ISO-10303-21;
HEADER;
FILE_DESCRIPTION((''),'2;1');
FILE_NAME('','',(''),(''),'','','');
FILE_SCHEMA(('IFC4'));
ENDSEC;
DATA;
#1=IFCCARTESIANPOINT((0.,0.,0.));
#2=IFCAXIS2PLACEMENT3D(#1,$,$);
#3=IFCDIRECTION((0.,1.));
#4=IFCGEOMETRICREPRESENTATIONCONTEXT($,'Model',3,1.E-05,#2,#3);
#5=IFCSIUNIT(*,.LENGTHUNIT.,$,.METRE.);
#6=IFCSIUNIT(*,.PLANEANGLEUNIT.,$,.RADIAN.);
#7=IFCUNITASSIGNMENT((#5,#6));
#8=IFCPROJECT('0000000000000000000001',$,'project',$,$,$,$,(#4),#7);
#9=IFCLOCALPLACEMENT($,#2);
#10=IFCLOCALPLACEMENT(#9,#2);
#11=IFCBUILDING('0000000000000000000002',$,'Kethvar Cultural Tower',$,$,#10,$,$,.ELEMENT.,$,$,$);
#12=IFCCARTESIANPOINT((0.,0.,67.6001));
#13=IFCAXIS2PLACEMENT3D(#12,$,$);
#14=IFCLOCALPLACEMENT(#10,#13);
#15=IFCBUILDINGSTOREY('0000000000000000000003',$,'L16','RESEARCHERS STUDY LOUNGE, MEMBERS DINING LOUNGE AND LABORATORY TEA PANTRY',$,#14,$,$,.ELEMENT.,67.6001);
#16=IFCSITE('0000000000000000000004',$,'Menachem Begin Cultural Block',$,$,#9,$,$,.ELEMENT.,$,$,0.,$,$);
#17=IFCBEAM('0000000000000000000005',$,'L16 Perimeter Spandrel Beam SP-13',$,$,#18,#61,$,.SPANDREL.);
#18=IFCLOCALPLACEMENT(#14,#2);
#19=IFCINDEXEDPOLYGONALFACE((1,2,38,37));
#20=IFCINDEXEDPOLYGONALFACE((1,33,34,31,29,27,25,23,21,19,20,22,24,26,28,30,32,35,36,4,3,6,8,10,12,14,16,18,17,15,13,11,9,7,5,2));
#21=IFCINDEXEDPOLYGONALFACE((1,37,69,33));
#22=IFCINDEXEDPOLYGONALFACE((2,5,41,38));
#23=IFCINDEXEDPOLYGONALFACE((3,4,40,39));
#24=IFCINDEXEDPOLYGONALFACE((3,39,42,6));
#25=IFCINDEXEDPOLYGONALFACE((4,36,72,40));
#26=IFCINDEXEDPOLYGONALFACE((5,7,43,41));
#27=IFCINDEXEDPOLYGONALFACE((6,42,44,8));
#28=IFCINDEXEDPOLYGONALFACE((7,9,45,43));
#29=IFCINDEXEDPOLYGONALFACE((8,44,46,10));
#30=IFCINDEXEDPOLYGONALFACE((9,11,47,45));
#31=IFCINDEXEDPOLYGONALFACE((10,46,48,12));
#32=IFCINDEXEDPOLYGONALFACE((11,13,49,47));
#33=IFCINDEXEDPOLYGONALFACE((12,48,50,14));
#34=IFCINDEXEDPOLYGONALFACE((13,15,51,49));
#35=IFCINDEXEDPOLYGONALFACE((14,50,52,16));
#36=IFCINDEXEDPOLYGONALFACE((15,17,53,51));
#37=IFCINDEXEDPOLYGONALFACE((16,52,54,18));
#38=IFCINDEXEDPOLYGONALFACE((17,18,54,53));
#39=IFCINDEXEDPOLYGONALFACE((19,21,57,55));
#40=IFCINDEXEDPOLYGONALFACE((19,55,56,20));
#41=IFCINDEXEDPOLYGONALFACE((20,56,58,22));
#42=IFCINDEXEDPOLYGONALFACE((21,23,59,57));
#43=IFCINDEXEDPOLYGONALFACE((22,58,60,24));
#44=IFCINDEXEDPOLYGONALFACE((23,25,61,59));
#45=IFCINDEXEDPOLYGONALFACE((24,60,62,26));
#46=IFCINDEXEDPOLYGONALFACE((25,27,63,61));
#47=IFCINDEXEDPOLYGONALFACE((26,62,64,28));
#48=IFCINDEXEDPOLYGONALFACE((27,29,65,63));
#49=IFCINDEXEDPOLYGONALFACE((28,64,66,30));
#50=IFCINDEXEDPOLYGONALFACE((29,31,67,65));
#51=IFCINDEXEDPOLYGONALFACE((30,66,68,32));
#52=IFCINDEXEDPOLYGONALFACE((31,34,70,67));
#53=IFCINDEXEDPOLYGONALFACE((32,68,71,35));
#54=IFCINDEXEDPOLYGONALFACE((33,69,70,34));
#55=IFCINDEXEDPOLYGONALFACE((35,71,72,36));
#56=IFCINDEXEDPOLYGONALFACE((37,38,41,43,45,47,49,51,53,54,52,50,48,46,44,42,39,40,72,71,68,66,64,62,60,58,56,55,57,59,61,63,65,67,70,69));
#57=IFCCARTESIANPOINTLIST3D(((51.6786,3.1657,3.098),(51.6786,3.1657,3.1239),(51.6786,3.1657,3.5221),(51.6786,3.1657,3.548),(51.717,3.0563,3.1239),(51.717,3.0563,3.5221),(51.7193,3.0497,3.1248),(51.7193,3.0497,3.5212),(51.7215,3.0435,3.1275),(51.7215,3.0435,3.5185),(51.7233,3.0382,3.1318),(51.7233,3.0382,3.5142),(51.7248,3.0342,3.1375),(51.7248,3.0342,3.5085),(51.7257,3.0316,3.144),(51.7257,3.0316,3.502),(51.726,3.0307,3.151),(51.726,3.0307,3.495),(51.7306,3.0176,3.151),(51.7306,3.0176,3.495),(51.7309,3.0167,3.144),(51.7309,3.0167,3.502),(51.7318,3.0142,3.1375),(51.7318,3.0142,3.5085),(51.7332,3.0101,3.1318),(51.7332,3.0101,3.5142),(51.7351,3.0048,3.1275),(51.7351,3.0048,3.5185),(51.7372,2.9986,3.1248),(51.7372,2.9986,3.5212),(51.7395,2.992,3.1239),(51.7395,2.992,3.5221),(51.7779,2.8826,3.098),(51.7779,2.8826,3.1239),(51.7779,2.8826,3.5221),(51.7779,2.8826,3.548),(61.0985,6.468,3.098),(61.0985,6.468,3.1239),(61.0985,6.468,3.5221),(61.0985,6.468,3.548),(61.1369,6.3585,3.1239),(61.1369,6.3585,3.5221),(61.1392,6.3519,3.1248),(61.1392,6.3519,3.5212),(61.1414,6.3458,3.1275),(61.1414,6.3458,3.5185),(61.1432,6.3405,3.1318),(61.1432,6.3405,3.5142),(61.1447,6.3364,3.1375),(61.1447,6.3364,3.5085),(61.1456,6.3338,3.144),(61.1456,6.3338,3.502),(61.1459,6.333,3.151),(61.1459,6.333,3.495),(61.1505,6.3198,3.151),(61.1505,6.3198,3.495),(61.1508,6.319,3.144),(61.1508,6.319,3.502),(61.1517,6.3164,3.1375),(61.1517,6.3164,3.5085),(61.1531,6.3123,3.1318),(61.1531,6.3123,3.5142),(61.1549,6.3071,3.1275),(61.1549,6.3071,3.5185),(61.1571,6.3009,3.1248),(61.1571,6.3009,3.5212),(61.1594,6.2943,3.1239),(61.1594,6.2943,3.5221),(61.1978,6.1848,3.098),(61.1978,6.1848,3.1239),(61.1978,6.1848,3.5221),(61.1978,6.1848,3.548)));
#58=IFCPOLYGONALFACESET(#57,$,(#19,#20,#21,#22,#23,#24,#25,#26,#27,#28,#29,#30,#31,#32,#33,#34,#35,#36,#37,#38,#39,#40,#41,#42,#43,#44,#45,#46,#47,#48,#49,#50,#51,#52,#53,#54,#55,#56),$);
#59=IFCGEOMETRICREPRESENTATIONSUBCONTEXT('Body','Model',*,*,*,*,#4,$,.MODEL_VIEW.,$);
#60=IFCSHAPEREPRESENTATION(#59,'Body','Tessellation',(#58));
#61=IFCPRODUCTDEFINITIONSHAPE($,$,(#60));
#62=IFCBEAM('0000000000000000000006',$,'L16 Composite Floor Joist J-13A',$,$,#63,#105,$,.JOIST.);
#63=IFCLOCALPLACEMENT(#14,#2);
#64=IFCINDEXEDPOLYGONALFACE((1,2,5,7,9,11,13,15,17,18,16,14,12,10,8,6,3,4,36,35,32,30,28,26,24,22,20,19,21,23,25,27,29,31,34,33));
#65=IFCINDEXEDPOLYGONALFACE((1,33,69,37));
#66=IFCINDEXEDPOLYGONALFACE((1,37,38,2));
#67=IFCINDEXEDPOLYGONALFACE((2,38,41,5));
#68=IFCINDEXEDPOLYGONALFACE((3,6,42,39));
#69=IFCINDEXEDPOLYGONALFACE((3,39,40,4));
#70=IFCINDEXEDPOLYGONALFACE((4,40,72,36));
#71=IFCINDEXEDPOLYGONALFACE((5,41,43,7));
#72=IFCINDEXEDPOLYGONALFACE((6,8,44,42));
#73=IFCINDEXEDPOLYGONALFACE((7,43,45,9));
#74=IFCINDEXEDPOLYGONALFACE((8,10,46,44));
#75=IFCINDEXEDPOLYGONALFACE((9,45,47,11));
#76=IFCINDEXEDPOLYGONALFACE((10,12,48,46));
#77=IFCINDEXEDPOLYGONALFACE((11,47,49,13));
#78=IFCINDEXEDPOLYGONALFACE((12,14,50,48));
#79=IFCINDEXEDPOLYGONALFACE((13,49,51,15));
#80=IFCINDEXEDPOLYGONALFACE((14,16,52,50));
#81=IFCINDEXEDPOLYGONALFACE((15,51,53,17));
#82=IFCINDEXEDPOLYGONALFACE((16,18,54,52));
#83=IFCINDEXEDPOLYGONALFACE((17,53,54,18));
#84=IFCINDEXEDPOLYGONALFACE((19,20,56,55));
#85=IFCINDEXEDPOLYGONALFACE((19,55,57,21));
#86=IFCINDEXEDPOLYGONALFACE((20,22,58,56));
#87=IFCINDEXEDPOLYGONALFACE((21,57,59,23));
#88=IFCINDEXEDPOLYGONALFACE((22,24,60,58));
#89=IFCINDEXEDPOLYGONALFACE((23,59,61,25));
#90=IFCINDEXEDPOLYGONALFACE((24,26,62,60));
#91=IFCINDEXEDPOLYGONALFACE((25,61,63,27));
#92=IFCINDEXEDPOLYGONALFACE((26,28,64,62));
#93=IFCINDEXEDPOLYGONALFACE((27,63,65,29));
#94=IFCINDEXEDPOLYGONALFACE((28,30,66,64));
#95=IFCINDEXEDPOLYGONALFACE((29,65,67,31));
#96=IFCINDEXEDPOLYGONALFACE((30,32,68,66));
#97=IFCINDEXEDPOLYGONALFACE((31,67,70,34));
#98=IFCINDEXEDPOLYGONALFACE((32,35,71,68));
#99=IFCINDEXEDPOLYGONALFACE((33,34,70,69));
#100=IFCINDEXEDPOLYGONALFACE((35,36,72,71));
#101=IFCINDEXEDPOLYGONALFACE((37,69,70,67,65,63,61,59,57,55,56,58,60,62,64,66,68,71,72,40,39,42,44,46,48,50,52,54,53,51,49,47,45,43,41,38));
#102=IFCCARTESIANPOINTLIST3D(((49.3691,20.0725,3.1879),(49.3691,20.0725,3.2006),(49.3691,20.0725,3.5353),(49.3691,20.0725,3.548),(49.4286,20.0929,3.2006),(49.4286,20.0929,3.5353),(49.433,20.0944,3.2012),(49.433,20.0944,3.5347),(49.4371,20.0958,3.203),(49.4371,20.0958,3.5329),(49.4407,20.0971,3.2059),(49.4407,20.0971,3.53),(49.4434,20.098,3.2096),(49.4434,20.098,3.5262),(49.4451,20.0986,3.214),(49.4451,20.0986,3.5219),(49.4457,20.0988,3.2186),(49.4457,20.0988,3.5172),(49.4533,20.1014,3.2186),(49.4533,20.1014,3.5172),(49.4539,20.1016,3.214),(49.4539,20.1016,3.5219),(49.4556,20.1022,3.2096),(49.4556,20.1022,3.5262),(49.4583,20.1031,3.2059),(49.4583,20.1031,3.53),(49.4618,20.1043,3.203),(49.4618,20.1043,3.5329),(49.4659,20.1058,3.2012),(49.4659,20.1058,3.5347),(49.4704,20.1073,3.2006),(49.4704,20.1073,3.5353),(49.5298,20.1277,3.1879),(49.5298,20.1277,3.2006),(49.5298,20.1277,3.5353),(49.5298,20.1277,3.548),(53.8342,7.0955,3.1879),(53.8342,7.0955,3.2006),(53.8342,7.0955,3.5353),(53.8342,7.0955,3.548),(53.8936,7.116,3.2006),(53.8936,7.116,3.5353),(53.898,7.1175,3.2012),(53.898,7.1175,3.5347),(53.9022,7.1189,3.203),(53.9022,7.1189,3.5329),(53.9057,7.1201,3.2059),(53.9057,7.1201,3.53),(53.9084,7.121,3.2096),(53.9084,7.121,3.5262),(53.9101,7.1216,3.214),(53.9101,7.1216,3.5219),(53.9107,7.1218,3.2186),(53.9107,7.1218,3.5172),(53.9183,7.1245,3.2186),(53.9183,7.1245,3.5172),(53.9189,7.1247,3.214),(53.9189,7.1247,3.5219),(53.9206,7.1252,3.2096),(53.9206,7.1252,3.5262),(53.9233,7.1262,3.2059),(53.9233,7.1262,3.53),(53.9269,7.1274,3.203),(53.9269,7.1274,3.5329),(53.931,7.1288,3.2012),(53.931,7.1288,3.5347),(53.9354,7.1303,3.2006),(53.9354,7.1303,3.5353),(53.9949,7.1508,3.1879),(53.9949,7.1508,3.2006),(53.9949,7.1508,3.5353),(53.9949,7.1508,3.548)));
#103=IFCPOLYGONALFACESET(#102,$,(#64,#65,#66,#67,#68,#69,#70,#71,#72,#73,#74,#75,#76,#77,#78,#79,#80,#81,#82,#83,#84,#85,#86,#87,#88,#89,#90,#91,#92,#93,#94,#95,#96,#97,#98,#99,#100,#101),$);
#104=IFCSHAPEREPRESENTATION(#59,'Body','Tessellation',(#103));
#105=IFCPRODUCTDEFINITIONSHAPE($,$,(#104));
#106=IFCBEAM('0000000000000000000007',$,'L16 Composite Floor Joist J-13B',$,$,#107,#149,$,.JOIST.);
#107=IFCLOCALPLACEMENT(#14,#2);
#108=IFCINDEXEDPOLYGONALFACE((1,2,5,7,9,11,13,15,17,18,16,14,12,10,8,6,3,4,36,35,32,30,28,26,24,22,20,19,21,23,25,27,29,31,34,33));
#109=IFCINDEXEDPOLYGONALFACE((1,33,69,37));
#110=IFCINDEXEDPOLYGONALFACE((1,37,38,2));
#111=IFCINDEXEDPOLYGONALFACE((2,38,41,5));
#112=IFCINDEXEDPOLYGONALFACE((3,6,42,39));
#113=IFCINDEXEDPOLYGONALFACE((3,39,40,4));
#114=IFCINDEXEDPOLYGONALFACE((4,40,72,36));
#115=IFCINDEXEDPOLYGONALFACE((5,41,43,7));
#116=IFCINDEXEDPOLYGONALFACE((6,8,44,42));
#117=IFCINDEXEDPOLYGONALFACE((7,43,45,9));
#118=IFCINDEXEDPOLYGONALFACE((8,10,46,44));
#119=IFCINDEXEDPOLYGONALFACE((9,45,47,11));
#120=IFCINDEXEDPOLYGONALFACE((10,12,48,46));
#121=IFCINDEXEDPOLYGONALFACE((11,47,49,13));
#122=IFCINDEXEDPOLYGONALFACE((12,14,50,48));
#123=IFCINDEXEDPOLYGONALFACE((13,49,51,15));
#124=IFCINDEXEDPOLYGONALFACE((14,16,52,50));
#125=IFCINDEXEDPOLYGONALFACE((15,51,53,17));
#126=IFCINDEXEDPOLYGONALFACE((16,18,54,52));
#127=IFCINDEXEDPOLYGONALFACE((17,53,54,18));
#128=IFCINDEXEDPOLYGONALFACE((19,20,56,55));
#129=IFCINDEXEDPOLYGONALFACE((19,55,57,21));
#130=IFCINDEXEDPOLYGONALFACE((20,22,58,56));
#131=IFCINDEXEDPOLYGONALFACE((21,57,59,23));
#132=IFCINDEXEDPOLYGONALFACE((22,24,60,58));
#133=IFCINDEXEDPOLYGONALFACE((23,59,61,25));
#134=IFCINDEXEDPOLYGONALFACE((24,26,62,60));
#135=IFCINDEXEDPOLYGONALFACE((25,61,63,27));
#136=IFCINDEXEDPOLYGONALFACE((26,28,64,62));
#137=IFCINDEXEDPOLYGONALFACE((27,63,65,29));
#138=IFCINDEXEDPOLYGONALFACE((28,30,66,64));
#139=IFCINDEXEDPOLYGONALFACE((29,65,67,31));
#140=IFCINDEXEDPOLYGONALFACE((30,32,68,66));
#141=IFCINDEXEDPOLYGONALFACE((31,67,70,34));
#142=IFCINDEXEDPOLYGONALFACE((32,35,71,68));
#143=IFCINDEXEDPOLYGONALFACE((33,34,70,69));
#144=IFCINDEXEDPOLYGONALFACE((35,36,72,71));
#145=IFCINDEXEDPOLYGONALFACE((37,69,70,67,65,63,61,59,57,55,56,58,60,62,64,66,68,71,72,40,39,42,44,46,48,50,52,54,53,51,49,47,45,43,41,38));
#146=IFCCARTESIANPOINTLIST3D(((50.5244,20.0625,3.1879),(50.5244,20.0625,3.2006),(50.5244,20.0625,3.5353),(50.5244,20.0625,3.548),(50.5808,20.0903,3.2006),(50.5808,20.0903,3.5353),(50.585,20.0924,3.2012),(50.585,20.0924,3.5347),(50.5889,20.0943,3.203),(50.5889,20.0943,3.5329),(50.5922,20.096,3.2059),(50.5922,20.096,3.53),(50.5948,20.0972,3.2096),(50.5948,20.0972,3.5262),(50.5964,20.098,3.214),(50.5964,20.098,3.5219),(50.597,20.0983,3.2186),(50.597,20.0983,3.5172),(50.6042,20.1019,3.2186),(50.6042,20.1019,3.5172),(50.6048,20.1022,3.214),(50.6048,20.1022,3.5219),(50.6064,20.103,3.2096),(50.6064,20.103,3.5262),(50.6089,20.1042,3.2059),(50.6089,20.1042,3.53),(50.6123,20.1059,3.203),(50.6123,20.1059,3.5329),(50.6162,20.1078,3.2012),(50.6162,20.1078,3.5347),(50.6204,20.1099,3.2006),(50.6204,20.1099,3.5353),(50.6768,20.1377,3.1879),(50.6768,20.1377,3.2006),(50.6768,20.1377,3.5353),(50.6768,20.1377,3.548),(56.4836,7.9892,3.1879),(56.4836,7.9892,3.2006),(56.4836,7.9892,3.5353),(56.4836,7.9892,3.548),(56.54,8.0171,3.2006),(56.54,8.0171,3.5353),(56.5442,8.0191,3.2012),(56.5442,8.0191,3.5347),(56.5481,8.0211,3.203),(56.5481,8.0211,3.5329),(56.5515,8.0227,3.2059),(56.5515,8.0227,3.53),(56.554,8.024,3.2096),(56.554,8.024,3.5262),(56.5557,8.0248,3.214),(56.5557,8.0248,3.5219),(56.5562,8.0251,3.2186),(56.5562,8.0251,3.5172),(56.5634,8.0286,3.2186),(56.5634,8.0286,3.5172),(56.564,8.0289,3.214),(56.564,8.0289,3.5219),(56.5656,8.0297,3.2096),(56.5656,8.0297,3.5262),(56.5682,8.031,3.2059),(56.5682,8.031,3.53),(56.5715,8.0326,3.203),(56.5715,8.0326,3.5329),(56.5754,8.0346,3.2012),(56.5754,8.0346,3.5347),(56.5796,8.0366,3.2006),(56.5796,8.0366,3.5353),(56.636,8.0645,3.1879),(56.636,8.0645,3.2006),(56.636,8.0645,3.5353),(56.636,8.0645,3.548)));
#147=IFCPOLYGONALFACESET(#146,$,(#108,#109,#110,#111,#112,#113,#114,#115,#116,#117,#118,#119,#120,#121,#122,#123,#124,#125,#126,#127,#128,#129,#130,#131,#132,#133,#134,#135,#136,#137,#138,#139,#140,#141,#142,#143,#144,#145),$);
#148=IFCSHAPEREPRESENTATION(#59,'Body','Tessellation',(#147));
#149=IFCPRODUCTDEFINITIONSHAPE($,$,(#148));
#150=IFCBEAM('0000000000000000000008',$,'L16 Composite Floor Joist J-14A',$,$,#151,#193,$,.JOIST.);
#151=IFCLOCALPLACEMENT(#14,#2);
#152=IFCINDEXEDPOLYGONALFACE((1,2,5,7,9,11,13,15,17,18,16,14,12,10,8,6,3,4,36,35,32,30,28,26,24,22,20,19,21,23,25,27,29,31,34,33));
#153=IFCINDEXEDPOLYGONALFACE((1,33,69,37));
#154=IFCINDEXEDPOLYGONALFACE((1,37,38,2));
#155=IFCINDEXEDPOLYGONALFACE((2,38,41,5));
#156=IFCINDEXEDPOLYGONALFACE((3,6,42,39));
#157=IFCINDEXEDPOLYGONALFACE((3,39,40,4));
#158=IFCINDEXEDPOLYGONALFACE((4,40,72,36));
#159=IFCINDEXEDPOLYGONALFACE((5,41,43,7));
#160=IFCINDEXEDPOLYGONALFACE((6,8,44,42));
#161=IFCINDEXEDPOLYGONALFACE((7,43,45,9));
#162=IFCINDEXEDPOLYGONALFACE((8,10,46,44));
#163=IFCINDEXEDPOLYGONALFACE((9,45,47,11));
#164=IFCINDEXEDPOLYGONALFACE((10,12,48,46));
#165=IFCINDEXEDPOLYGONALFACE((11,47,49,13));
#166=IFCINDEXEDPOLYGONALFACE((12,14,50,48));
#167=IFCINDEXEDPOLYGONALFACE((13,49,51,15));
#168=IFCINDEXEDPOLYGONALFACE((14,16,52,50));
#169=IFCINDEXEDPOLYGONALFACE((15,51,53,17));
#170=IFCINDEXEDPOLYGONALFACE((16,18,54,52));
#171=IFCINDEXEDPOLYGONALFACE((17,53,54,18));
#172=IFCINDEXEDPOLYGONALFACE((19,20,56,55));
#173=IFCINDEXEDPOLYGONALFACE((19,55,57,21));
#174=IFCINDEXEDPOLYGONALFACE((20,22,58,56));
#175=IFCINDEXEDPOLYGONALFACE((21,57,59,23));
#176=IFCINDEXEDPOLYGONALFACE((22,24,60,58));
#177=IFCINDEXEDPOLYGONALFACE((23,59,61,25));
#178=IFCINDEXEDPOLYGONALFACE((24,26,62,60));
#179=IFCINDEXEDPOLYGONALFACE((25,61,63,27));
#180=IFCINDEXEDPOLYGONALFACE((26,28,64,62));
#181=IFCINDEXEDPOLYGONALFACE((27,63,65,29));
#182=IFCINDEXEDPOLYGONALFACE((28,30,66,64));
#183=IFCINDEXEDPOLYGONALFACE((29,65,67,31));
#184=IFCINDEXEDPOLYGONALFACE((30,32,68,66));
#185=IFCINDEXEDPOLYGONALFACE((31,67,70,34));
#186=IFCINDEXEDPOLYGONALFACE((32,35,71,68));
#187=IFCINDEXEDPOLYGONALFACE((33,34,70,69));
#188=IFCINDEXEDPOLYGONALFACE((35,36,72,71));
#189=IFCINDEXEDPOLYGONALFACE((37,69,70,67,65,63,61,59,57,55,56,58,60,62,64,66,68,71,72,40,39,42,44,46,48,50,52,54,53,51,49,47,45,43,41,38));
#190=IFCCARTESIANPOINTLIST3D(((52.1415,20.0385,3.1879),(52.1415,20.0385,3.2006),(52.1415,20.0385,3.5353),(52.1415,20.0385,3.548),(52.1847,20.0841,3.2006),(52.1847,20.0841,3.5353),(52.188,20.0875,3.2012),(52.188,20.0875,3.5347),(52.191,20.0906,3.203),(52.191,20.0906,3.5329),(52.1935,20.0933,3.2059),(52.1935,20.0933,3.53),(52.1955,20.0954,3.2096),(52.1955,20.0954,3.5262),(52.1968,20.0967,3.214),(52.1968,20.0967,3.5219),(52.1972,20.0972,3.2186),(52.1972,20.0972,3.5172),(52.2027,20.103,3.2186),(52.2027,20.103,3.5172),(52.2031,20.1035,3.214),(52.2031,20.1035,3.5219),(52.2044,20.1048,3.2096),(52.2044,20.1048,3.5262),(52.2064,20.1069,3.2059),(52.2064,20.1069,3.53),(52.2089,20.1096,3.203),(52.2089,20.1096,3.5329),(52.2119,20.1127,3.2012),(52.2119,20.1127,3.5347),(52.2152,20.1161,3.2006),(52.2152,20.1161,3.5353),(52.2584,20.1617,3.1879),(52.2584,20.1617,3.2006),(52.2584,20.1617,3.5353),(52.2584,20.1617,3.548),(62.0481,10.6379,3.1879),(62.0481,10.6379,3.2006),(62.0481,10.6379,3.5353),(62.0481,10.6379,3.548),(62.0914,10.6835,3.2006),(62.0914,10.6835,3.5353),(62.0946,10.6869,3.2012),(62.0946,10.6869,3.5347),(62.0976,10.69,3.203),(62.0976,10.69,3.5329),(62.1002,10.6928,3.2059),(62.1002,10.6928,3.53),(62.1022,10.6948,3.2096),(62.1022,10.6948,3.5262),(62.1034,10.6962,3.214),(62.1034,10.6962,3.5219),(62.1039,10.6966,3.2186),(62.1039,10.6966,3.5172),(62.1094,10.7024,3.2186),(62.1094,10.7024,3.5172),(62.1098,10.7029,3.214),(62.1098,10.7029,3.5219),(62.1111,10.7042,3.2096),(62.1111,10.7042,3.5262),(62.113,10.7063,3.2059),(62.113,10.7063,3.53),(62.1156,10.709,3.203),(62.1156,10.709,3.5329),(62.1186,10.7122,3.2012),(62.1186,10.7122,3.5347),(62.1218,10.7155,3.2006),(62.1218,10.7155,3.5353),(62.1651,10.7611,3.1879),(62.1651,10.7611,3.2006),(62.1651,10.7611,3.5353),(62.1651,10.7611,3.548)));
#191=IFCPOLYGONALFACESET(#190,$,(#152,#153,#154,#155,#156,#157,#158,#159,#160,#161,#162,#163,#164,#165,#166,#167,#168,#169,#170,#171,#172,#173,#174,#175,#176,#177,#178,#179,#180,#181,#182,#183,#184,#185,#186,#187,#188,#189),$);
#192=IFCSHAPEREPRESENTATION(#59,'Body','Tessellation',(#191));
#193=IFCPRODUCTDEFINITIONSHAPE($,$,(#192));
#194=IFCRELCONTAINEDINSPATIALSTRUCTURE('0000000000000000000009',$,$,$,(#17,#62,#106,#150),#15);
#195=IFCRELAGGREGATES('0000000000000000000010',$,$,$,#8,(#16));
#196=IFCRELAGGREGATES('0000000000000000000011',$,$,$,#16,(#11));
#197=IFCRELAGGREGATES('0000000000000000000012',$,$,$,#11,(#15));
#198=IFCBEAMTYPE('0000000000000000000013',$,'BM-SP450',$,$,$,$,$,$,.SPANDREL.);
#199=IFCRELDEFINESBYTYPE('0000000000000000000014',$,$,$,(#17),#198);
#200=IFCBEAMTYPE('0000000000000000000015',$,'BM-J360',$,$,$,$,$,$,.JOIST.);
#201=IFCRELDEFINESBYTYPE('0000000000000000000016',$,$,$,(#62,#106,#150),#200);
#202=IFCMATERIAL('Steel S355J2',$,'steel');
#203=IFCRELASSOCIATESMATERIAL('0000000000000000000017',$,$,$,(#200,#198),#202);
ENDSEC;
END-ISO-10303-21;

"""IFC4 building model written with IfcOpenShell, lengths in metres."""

from ifc_helpers import new_model, si_unit, direction, frame, origin, origin_2d, place, context, subcontext, project, spatial, i_section, extrude, source, transform, mapped, material, material_profile, profile_set, type_object, element, save


model = new_model("IFC4")

# Units and contexts
model_context = context("Model", 3, precision=1e-05, world=origin(), true_north=direction((0.0, 1.0)))
body_context = subcontext(model_context, "Body", "Model", "MODEL_VIEW")
ifc_project = project(units=[si_unit("LENGTHUNIT", "METRE"), si_unit("PLANEANGLEUNIT", "RADIAN")], contexts=[model_context])

# Site, building, storey
site_placement = place(None, origin())
site = spatial("IfcSite", under=ifc_project, at=site_placement, Name="Menachem Begin Cultural Block", CompositionType="ELEMENT", RefElevation=0.0)
building_placement = place(site_placement, origin())
building = spatial("IfcBuilding", under=site, at=building_placement, Name="Kethvar Cultural Tower", CompositionType="ELEMENT")
storey_placement = place(building_placement, frame((0.0, 0.0, 67.6001)))
storey = spatial("IfcBuildingStorey", under=building, at=storey_placement, Name="L16", Description="RESEARCHERS STUDY LOUNGE, MEMBERS DINING LOUNGE AND LABORATORY TEA PANTRY", CompositionType="ELEMENT", Elevation=67.6001)

# Beams
ifc_material_1 = material(Name="Steel S355J2", Category="steel")
ifc_material_profile_1 = material_profile(ifc_material_1, i_section(OverallWidth=0.1699, OverallDepth=0.3601, WebThickness=0.0081, FlangeThickness=0.0127, FilletRadius=0.0181, at=origin_2d()), Name="Steel S355J2 — IPE360")
ifc_profile_set_1 = profile_set([ifc_material_profile_1], Name="Steel S355J2 — IPE360")
beam_type_1 = type_object("IfcBeamType", Name="BM-J360", PredefinedType="JOIST", material=ifc_profile_set_1)
ifc_material_profile_2 = material_profile(ifc_material_1, i_section(OverallWidth=0.3, OverallDepth=0.45, WebThickness=0.0139, FlangeThickness=0.0259, FilletRadius=0.0271, at=origin_2d()), Name="Steel S355J2 — HEB450")
ifc_profile_set_2 = profile_set([ifc_material_profile_2], Name="Steel S355J2 — HEB450")
beam_type_2 = type_object("IfcBeamType", Name="BM-SP450", PredefinedType="SPANDREL", material=ifc_profile_set_2)
shared_shape_1 = source(origin(), body_context, "Body", "SweptSolid", [
    extrude(i_section(OverallWidth=0.3, OverallDepth=0.45, WebThickness=0.0139, FlangeThickness=0.0259, FilletRadius=0.0271, at=origin_2d()), origin(), (0.0, 0.0, 1.0), 9.9819),
])
beam_1_placement = place(storey_placement, frame((51.7283, 3.0242, 3.323), z_axis=(0.943694, 0.330821, 0.0), x_axis=(-0.330821, 0.943694, 0.0)))
element("IfcBeam", 1, at=beam_1_placement, inside=storey, type_object=beam_type_2, Name="L16 Perimeter Spandrel Beam SP-13", PredefinedType="SPANDREL", context=body_context, shape_type="MappedRepresentation", body=[
    mapped(shared_shape_1, transform((0.0, 0.0, 0.0), scale=1.0)),
])
shared_shape_2 = source(origin(), body_context, "Body", "SweptSolid", [
    extrude(i_section(OverallWidth=0.1699, OverallDepth=0.3601, WebThickness=0.0081, FlangeThickness=0.0127, FilletRadius=0.0181, at=origin_2d()), origin(), (0.0, 0.0, 1.0), 13.7236),
])
beam_2_placement = place(storey_placement, frame((49.4495, 20.1001, 3.3679), z_axis=(0.325355, -0.945592, 0.0), x_axis=(0.945592, 0.325355, 0.0)))
element("IfcBeam", 2, at=beam_2_placement, inside=storey, type_object=beam_type_1, Name="L16 Composite Floor Joist J-13A", PredefinedType="JOIST", context=body_context, shape_type="MappedRepresentation", body=[
    mapped(shared_shape_2, transform((0.0, 0.0, 0.0), scale=1.0)),
])
shared_shape_3 = source(origin(), body_context, "Body", "SweptSolid", [
    extrude(i_section(OverallWidth=0.1699, OverallDepth=0.3601, WebThickness=0.0081, FlangeThickness=0.0127, FilletRadius=0.0181, at=origin_2d()), origin(), (0.0, 0.0, 1.0), 13.4639),
])
beam_3_placement = place(storey_placement, frame((50.6006, 20.1001, 3.3679), z_axis=(0.442609, -0.896715, 0.0), x_axis=(0.896715, 0.442609, 0.0)))
element("IfcBeam", 3, at=beam_3_placement, inside=storey, type_object=beam_type_1, Name="L16 Composite Floor Joist J-13B", PredefinedType="JOIST", context=body_context, shape_type="MappedRepresentation", body=[
    mapped(shared_shape_3, transform((0.0, 0.0, 0.0), scale=1.0)),
])
shared_shape_4 = source(origin(), body_context, "Body", "SweptSolid", [
    extrude(i_section(OverallWidth=0.1699, OverallDepth=0.3601, WebThickness=0.0081, FlangeThickness=0.0127, FilletRadius=0.0181, at=origin_2d()), origin(), (0.0, 0.0, 1.0), 13.657),
])
beam_4_placement = place(storey_placement, frame((52.2, 20.1001, 3.3679), z_axis=(0.725393, -0.688335, 0.0), x_axis=(0.688335, 0.725393, 0.0)))
element("IfcBeam", 4, at=beam_4_placement, inside=storey, type_object=beam_type_1, Name="L16 Composite Floor Joist J-14A", PredefinedType="JOIST", context=body_context, shape_type="MappedRepresentation", body=[
    mapped(shared_shape_4, transform((0.0, 0.0, 0.0), scale=1.0)),
])

save(model, "model.ifc")
